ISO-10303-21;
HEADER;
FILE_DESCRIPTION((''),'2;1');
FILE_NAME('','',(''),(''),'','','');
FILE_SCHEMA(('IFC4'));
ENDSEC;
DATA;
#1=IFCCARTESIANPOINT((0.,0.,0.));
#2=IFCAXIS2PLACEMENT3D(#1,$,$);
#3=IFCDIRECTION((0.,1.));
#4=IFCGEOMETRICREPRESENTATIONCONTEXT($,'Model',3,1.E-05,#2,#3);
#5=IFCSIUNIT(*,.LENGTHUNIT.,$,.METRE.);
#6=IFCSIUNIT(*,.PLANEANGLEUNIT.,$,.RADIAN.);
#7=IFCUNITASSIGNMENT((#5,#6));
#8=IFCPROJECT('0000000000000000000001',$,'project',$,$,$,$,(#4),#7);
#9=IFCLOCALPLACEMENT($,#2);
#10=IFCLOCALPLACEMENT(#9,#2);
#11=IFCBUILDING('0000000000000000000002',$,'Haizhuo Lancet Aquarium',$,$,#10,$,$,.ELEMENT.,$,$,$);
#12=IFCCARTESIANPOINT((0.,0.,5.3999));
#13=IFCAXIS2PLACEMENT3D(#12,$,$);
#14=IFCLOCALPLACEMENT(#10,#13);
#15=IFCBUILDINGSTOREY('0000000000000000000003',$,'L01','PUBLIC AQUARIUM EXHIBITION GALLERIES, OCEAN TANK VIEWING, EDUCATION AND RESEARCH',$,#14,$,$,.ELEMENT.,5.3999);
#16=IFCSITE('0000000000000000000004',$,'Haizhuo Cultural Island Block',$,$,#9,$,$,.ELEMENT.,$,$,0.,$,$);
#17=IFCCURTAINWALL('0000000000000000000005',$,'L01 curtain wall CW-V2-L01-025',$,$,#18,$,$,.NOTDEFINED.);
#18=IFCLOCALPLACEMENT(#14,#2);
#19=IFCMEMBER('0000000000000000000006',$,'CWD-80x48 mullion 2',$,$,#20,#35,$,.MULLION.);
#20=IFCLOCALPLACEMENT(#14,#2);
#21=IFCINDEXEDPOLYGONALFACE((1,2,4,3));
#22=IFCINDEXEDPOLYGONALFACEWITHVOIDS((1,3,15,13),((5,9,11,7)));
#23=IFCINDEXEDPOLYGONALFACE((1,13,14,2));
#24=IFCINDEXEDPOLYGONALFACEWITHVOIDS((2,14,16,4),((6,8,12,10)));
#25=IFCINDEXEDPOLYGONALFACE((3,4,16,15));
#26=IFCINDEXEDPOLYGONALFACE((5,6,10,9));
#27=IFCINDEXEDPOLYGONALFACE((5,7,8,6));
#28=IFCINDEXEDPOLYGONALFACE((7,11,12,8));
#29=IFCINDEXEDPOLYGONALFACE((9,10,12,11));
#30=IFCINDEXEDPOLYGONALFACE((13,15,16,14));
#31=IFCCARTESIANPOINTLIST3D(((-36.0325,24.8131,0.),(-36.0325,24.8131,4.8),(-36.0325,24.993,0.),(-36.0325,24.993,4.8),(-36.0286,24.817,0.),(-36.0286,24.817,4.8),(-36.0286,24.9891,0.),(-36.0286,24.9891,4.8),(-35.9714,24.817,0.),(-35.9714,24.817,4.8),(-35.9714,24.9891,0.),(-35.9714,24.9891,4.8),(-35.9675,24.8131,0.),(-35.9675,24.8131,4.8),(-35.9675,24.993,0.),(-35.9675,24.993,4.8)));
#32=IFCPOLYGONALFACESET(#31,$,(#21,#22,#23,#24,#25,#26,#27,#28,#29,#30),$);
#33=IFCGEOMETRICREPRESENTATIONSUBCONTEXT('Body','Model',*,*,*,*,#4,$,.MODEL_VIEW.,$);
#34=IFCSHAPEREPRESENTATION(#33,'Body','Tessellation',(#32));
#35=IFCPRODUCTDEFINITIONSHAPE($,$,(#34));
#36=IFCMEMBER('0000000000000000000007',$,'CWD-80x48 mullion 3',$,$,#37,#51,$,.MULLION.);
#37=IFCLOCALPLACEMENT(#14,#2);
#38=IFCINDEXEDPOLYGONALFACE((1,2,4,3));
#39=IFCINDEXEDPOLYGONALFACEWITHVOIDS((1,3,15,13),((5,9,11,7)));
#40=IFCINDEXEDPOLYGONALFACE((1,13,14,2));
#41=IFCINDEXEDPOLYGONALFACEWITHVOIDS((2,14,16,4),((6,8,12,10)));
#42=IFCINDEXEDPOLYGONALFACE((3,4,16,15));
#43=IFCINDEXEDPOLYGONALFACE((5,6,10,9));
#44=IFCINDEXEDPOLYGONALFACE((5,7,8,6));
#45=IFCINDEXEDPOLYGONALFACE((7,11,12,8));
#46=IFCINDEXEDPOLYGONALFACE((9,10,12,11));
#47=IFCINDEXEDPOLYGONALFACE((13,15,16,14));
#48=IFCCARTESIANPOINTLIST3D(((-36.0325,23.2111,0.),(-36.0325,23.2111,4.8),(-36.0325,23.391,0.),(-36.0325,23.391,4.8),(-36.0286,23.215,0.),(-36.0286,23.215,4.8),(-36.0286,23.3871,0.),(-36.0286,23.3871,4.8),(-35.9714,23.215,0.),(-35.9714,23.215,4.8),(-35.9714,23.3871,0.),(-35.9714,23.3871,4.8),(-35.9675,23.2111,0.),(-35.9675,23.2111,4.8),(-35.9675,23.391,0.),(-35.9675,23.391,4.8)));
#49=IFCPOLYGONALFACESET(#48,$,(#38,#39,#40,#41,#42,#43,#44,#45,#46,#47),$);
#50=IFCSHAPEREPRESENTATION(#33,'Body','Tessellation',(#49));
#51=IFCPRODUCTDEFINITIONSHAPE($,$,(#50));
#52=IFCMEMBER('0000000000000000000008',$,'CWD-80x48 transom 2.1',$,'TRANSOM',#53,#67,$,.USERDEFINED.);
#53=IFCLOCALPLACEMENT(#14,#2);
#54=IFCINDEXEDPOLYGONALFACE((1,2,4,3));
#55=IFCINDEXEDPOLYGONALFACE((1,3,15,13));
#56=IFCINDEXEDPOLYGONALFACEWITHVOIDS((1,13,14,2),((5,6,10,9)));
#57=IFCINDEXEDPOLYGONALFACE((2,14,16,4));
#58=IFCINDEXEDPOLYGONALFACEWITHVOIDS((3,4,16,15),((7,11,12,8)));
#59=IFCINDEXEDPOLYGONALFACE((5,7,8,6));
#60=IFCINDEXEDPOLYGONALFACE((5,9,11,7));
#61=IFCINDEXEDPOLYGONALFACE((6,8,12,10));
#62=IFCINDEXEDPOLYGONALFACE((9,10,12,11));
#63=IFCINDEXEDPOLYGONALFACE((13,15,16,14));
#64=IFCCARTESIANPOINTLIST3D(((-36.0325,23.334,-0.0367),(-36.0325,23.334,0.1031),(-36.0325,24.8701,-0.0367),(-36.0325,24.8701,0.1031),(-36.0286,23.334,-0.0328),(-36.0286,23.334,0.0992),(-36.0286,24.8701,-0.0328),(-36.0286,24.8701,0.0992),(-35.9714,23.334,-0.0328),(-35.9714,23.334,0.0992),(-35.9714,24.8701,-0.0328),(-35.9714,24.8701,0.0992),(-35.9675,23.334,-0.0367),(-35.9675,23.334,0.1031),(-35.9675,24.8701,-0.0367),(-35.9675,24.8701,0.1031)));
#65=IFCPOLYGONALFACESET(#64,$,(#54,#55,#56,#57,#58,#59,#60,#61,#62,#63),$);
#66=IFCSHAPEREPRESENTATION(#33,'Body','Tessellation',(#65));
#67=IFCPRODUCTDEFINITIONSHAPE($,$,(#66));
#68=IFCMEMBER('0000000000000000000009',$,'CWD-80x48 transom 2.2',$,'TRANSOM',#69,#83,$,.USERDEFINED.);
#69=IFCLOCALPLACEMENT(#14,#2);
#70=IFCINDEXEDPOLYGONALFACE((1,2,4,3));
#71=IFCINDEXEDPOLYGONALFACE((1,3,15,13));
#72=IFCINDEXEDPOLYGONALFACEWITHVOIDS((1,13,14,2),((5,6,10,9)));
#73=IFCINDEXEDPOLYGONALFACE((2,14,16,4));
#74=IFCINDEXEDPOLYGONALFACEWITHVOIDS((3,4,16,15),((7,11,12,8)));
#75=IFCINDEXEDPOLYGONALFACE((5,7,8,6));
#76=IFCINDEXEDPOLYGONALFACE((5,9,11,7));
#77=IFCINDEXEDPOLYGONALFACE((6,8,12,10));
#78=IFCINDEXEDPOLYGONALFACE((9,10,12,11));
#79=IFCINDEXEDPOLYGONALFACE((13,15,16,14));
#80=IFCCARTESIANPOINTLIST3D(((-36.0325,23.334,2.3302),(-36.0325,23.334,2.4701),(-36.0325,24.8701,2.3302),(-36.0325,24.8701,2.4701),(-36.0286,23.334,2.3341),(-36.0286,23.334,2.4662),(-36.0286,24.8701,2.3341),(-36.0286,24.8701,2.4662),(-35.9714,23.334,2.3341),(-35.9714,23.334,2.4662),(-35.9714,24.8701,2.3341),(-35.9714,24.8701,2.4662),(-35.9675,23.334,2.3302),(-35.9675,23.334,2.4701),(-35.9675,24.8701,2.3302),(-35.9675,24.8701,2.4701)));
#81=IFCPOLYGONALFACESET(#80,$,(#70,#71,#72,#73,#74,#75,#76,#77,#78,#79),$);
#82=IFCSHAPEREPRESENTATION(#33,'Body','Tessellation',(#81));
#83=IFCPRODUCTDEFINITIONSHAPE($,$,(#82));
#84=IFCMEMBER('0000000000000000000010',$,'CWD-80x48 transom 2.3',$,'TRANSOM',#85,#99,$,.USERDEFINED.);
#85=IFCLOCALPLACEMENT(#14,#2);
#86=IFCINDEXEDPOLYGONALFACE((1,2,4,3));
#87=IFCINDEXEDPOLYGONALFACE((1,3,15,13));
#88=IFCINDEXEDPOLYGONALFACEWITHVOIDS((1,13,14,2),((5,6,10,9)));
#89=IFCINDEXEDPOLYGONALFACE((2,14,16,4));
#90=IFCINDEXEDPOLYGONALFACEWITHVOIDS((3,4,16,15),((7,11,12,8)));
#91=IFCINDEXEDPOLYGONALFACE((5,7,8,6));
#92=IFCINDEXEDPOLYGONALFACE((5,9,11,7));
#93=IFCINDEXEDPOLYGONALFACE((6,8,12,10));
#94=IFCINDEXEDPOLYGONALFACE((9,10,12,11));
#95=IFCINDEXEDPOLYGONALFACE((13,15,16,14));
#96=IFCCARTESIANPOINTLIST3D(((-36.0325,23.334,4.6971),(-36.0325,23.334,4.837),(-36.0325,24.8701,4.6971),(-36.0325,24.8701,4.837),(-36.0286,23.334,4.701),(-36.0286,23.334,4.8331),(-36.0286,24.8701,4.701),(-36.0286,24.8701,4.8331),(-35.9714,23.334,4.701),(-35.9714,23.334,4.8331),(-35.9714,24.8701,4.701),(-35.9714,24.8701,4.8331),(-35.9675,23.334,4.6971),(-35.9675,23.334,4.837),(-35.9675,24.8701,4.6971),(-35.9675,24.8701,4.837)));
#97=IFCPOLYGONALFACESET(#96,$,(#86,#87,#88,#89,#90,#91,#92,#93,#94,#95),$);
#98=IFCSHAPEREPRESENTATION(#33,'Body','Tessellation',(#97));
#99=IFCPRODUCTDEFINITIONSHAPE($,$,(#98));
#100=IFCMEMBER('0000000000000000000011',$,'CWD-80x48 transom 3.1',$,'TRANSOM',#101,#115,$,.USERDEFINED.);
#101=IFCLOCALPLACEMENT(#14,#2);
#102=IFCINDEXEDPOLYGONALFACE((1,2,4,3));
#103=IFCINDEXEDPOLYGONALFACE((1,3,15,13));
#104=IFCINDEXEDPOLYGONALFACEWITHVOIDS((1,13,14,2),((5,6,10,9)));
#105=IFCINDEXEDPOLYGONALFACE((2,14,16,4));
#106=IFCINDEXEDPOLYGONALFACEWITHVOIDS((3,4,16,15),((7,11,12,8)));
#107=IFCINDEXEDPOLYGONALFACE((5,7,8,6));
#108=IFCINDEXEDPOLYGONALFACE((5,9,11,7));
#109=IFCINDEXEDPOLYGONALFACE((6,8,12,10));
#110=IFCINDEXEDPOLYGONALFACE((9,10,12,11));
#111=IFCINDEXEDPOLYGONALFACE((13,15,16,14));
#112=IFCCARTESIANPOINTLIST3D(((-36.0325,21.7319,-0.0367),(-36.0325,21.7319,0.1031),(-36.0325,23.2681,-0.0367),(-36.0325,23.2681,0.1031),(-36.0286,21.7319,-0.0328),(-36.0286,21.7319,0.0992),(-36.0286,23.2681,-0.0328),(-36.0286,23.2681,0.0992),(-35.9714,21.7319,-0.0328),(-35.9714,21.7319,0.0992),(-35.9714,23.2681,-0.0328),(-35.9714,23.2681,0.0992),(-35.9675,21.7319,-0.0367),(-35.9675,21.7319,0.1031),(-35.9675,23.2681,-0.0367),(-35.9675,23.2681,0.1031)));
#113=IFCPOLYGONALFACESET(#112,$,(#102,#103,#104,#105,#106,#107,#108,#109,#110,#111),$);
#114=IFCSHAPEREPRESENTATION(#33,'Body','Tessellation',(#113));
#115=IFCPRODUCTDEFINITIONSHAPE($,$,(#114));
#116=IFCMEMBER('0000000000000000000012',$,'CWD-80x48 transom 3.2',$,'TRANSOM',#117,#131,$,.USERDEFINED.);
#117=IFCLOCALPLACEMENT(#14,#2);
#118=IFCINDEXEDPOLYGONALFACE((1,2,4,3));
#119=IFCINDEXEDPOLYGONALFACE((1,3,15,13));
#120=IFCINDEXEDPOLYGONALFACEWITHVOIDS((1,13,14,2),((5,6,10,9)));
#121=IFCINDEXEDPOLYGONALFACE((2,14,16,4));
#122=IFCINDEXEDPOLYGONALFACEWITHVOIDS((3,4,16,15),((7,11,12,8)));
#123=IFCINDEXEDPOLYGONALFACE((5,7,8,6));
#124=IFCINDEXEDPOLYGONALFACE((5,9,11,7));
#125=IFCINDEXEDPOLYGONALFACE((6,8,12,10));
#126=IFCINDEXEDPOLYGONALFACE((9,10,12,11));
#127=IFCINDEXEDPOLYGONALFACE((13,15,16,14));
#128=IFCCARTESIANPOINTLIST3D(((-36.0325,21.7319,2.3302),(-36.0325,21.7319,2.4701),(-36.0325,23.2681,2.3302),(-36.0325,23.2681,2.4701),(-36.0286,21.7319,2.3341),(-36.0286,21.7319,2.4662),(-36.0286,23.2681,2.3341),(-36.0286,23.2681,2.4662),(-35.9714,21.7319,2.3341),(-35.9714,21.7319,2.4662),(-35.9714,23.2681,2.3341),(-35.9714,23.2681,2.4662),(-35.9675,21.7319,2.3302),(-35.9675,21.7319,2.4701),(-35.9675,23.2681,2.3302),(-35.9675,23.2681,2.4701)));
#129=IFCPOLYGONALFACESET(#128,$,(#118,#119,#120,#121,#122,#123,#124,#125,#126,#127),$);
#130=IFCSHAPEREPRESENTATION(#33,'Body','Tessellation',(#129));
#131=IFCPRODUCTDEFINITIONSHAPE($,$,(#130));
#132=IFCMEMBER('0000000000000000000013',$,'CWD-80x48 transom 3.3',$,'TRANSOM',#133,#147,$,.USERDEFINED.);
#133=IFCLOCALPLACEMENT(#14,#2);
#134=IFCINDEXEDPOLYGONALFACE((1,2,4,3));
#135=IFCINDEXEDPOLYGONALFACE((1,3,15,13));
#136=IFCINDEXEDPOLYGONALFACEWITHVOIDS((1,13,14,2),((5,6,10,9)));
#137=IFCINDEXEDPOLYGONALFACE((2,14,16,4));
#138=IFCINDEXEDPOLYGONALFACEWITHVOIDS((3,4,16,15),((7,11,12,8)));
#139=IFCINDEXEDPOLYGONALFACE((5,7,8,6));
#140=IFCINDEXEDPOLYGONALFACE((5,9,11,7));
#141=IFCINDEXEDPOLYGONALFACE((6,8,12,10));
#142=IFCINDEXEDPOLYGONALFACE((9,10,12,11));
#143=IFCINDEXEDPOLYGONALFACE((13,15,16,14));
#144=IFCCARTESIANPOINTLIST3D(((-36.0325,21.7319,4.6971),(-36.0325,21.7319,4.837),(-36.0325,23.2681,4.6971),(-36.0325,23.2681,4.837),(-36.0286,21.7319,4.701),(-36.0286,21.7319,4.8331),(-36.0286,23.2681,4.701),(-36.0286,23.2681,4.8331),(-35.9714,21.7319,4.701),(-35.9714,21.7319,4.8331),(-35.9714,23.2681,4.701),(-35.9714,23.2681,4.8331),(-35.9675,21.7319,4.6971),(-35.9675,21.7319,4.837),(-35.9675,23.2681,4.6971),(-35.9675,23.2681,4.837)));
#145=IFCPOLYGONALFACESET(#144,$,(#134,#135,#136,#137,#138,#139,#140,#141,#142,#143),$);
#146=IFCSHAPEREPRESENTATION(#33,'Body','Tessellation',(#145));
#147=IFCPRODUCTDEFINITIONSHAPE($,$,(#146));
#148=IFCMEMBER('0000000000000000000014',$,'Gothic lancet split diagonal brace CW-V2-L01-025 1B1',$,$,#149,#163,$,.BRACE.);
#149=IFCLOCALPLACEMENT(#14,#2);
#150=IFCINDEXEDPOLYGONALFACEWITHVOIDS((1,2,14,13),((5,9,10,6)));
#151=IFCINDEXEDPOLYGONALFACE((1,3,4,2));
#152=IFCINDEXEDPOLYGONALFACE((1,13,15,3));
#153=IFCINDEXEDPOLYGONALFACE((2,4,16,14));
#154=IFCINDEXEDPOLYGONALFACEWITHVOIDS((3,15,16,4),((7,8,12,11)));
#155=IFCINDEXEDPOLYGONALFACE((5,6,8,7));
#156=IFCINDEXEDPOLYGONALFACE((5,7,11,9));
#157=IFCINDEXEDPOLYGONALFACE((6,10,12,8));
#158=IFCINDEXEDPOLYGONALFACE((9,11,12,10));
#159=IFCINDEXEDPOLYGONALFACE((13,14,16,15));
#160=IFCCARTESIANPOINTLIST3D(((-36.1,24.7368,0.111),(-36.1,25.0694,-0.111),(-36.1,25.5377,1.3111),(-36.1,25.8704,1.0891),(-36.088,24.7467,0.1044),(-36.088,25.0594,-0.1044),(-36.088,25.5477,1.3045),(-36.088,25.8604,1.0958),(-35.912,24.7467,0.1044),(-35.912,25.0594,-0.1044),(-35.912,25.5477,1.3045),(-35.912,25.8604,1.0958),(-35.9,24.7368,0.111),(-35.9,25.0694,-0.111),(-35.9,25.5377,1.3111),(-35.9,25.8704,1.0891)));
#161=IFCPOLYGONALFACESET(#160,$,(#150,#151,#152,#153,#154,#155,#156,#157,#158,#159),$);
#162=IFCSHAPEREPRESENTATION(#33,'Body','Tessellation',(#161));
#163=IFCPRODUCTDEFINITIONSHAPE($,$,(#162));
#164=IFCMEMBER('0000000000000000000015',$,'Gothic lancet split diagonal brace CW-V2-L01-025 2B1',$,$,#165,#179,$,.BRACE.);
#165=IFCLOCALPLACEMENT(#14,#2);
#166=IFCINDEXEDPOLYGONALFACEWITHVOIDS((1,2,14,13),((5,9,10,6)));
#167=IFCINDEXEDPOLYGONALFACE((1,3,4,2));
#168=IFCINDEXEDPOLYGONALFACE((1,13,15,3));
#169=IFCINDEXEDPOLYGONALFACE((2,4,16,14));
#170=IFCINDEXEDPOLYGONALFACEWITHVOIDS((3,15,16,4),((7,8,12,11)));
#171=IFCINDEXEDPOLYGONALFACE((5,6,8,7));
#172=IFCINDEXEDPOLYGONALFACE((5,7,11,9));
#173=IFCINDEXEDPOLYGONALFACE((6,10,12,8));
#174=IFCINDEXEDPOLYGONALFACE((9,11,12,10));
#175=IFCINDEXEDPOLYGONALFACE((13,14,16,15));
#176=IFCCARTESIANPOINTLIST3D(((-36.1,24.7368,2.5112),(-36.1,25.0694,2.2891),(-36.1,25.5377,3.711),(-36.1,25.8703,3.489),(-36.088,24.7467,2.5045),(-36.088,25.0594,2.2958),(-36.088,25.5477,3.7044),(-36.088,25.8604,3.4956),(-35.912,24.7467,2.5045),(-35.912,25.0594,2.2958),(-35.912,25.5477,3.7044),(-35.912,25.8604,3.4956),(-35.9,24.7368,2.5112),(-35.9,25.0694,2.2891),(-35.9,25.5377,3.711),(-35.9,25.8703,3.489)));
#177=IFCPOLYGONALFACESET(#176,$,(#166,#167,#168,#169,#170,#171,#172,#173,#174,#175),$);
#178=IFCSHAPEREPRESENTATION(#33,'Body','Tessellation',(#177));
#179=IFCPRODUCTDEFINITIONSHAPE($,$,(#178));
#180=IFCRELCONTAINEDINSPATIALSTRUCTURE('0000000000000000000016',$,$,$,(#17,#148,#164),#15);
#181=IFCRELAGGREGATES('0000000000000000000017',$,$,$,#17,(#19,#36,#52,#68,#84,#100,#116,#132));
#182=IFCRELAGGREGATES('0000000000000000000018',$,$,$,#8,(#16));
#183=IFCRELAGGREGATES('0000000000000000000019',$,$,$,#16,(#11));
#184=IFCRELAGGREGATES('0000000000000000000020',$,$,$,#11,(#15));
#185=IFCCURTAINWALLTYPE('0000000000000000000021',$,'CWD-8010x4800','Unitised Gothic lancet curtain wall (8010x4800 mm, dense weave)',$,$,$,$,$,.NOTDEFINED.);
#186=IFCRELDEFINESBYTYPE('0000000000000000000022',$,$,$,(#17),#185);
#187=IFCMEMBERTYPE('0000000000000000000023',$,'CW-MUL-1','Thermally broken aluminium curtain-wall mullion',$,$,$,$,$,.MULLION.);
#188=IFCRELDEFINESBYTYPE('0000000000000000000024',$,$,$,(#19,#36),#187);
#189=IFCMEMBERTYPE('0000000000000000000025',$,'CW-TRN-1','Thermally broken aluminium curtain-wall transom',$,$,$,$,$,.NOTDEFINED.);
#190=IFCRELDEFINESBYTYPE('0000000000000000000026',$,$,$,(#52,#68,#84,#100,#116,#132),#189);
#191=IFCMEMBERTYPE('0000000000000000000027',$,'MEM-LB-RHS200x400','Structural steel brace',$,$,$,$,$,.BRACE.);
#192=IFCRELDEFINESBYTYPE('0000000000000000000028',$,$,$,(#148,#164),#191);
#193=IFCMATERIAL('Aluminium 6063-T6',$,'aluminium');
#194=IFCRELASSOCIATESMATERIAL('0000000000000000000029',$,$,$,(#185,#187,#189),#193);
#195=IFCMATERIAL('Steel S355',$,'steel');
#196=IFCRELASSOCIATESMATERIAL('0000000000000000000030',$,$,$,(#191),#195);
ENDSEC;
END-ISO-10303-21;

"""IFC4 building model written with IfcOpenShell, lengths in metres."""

from ifc_helpers import new_model, si_unit, direction, frame, origin, origin_2d, place, context, subcontext, project, spatial, hollow_rectangle, extrude, material, material_profile, profile_set, type_object, element, aggregate, save


model = new_model("IFC4")

# Units and contexts
model_context = context("Model", 3, precision=1e-05, world=origin(), true_north=direction((0.0, 1.0)))
body_context = subcontext(model_context, "Body", "Model", "MODEL_VIEW")
ifc_project = project(units=[si_unit("LENGTHUNIT", "METRE"), si_unit("PLANEANGLEUNIT", "RADIAN")], contexts=[model_context])

# Site, building, storey
site_placement = place(None, origin())
site = spatial("IfcSite", under=ifc_project, at=site_placement, Name="Haizhuo Cultural Island Block", CompositionType="ELEMENT", RefElevation=0.0)
building_placement = place(site_placement, origin())
building = spatial("IfcBuilding", under=site, at=building_placement, Name="Haizhuo Lancet Aquarium", CompositionType="ELEMENT")
storey_placement = place(building_placement, frame((0.0, 0.0, 5.3999)))
storey = spatial("IfcBuildingStorey", under=building, at=storey_placement, Name="L01", Description="PUBLIC AQUARIUM EXHIBITION GALLERIES, OCEAN TANK VIEWING, EDUCATION AND RESEARCH", CompositionType="ELEMENT", Elevation=5.3999)

# Curtain wall, members
ifc_material_1 = material(Name="Aluminium 6063-T6", Category="aluminium")
curtain_wall_type = type_object("IfcCurtainWallType", Name="CWD-8010x4800", Description="Unitised Gothic lancet curtain wall (8010x4800 mm, dense weave)", PredefinedType="NOTDEFINED", material=ifc_material_1)
curtain_wall_placement = place(storey_placement, origin())
curtain_wall = element("IfcCurtainWall", 1, at=curtain_wall_placement, inside=storey, type_object=curtain_wall_type, Name="L01 curtain wall CW-V2-L01-025", PredefinedType="NOTDEFINED")
ifc_material_profile_1 = material_profile(ifc_material_1, hollow_rectangle(XDim=0.0649, YDim=0.1799, WallThickness=0.0039, at=origin_2d()), Name="ALU-M 65x180x4")
ifc_profile_set_1 = profile_set([ifc_material_profile_1], Name="Aluminium 6063-T6")
member_type_1 = type_object("IfcMemberType", Name="CW-MUL-1", Description="Thermally broken aluminium curtain-wall mullion", PredefinedType="MULLION", material=ifc_profile_set_1)
member_1_placement = place(storey_placement, frame((-36.0, 24.9031, 0.0), z_axis=(0.0, 0.0, 1.0), x_axis=(1.0, 0.0, 0.0)))
member_1 = element("IfcMember", 2, at=member_1_placement, type_object=member_type_1, Name="CWD-80x48 mullion 2", PredefinedType="MULLION", context=body_context, shape_type="SweptSolid", body=[
    extrude(hollow_rectangle(XDim=0.0649, YDim=0.1799, WallThickness=0.0039, at=origin_2d()), origin(), (0.0, 0.0, 1.0), 4.8),
])
member_2_placement = place(storey_placement, frame((-36.0, 23.301, 0.0), z_axis=(0.0, 0.0, 1.0), x_axis=(1.0, 0.0, 0.0)))
member_2 = element("IfcMember", 3, at=member_2_placement, type_object=member_type_1, Name="CWD-80x48 mullion 3", PredefinedType="MULLION", context=body_context, shape_type="SweptSolid", body=[
    extrude(hollow_rectangle(XDim=0.0649, YDim=0.1799, WallThickness=0.0039, at=origin_2d()), origin(), (0.0, 0.0, 1.0), 4.8),
])
ifc_material_profile_2 = material_profile(ifc_material_1, hollow_rectangle(XDim=0.0649, YDim=0.1399, WallThickness=0.0039, at=origin_2d()), Name="ALU-T 65x140x4")
ifc_profile_set_2 = profile_set([ifc_material_profile_2], Name="Aluminium 6063-T6")
member_type_2 = type_object("IfcMemberType", Name="CW-TRN-1", Description="Thermally broken aluminium curtain-wall transom", PredefinedType="NOTDEFINED", material=ifc_profile_set_2)
member_3_placement = place(storey_placement, frame((-36.0, 24.8701, 0.0332), z_axis=(0.0, -1.0, 0.0), x_axis=(1.0, 0.0, 0.0)))
member_3 = element("IfcMember", 4, at=member_3_placement, type_object=member_type_2, Name="CWD-80x48 transom 2.1", ObjectType="TRANSOM", PredefinedType="USERDEFINED", context=body_context, shape_type="SweptSolid", body=[
    extrude(hollow_rectangle(XDim=0.0649, YDim=0.1399, WallThickness=0.0039, at=origin_2d()), origin(), (0.0, 0.0, 1.0), 1.5361),
])
member_4_placement = place(storey_placement, frame((-36.0, 24.8701, 2.4001), z_axis=(0.0, -1.0, 0.0), x_axis=(1.0, 0.0, 0.0)))
member_4 = element("IfcMember", 5, at=member_4_placement, type_object=member_type_2, Name="CWD-80x48 transom 2.2", ObjectType="TRANSOM", PredefinedType="USERDEFINED", context=body_context, shape_type="SweptSolid", body=[
    extrude(hollow_rectangle(XDim=0.0649, YDim=0.1399, WallThickness=0.0039, at=origin_2d()), origin(), (0.0, 0.0, 1.0), 1.5361),
])
member_5_placement = place(storey_placement, frame((-36.0, 24.8701, 4.7671), z_axis=(0.0, -1.0, 0.0), x_axis=(1.0, 0.0, 0.0)))
member_5 = element("IfcMember", 6, at=member_5_placement, type_object=member_type_2, Name="CWD-80x48 transom 2.3", ObjectType="TRANSOM", PredefinedType="USERDEFINED", context=body_context, shape_type="SweptSolid", body=[
    extrude(hollow_rectangle(XDim=0.0649, YDim=0.1399, WallThickness=0.0039, at=origin_2d()), origin(), (0.0, 0.0, 1.0), 1.5361),
])
member_6_placement = place(storey_placement, frame((-36.0, 23.2681, 0.0332), z_axis=(0.0, -1.0, 0.0), x_axis=(1.0, 0.0, 0.0)))
member_6 = element("IfcMember", 7, at=member_6_placement, type_object=member_type_2, Name="CWD-80x48 transom 3.1", ObjectType="TRANSOM", PredefinedType="USERDEFINED", context=body_context, shape_type="SweptSolid", body=[
    extrude(hollow_rectangle(XDim=0.0649, YDim=0.1399, WallThickness=0.0039, at=origin_2d()), origin(), (0.0, 0.0, 1.0), 1.5361),
])
member_7_placement = place(storey_placement, frame((-36.0, 23.2681, 2.4001), z_axis=(0.0, -1.0, 0.0), x_axis=(1.0, 0.0, 0.0)))
member_7 = element("IfcMember", 8, at=member_7_placement, type_object=member_type_2, Name="CWD-80x48 transom 3.2", ObjectType="TRANSOM", PredefinedType="USERDEFINED", context=body_context, shape_type="SweptSolid", body=[
    extrude(hollow_rectangle(XDim=0.0649, YDim=0.1399, WallThickness=0.0039, at=origin_2d()), origin(), (0.0, 0.0, 1.0), 1.5361),
])
member_8_placement = place(storey_placement, frame((-36.0, 23.2681, 4.7671), z_axis=(0.0, -1.0, 0.0), x_axis=(1.0, 0.0, 0.0)))
member_8 = element("IfcMember", 9, at=member_8_placement, type_object=member_type_2, Name="CWD-80x48 transom 3.3", ObjectType="TRANSOM", PredefinedType="USERDEFINED", context=body_context, shape_type="SweptSolid", body=[
    extrude(hollow_rectangle(XDim=0.0649, YDim=0.1399, WallThickness=0.0039, at=origin_2d()), origin(), (0.0, 0.0, 1.0), 1.5361),
])

# Members
ifc_material_2 = material(Name="Steel S355", Category="steel")
ifc_material_profile_3 = material_profile(ifc_material_2, hollow_rectangle(XDim=0.2, YDim=0.3999, WallThickness=0.012, at=origin_2d()), Name="RHS 200x400x12")
ifc_profile_set_3 = profile_set([ifc_material_profile_3], Name="Steel S355")
member_type_3 = type_object("IfcMemberType", Name="MEM-LB-RHS200x400", Description="Structural steel brace", PredefinedType="BRACE", material=ifc_profile_set_3)
member_9_placement = place(storey_placement, frame((-36.0, 24.9031, 0.0), z_axis=(0.0, 0.55513, 0.831764), x_axis=(-1.0, 0.0, 0.0)))
element("IfcMember", 10, at=member_9_placement, inside=storey, type_object=member_type_3, Name="Gothic lancet split diagonal brace CW-V2-L01-025 1B1", PredefinedType="BRACE", context=body_context, shape_type="SweptSolid", body=[
    extrude(hollow_rectangle(XDim=0.2, YDim=0.3999, WallThickness=0.012, at=origin_2d()), origin(), (0.0, 0.0, 1.0), 1.4429),
])
member_10_placement = place(storey_placement, frame((-36.0, 24.9031, 2.4001), z_axis=(0.0, 0.555208, 0.831712), x_axis=(-1.0, 0.0, 0.0)))
element("IfcMember", 11, at=member_10_placement, inside=storey, type_object=member_type_3, Name="Gothic lancet split diagonal brace CW-V2-L01-025 2B1", PredefinedType="BRACE", context=body_context, shape_type="SweptSolid", body=[
    extrude(hollow_rectangle(XDim=0.2, YDim=0.3999, WallThickness=0.012, at=origin_2d()), origin(), (0.0, 0.0, 1.0), 1.4426),
])

aggregate(curtain_wall, [member_1, member_2, member_3, member_4, member_5, member_6, member_7, member_8])

save(model, "model.ifc")
